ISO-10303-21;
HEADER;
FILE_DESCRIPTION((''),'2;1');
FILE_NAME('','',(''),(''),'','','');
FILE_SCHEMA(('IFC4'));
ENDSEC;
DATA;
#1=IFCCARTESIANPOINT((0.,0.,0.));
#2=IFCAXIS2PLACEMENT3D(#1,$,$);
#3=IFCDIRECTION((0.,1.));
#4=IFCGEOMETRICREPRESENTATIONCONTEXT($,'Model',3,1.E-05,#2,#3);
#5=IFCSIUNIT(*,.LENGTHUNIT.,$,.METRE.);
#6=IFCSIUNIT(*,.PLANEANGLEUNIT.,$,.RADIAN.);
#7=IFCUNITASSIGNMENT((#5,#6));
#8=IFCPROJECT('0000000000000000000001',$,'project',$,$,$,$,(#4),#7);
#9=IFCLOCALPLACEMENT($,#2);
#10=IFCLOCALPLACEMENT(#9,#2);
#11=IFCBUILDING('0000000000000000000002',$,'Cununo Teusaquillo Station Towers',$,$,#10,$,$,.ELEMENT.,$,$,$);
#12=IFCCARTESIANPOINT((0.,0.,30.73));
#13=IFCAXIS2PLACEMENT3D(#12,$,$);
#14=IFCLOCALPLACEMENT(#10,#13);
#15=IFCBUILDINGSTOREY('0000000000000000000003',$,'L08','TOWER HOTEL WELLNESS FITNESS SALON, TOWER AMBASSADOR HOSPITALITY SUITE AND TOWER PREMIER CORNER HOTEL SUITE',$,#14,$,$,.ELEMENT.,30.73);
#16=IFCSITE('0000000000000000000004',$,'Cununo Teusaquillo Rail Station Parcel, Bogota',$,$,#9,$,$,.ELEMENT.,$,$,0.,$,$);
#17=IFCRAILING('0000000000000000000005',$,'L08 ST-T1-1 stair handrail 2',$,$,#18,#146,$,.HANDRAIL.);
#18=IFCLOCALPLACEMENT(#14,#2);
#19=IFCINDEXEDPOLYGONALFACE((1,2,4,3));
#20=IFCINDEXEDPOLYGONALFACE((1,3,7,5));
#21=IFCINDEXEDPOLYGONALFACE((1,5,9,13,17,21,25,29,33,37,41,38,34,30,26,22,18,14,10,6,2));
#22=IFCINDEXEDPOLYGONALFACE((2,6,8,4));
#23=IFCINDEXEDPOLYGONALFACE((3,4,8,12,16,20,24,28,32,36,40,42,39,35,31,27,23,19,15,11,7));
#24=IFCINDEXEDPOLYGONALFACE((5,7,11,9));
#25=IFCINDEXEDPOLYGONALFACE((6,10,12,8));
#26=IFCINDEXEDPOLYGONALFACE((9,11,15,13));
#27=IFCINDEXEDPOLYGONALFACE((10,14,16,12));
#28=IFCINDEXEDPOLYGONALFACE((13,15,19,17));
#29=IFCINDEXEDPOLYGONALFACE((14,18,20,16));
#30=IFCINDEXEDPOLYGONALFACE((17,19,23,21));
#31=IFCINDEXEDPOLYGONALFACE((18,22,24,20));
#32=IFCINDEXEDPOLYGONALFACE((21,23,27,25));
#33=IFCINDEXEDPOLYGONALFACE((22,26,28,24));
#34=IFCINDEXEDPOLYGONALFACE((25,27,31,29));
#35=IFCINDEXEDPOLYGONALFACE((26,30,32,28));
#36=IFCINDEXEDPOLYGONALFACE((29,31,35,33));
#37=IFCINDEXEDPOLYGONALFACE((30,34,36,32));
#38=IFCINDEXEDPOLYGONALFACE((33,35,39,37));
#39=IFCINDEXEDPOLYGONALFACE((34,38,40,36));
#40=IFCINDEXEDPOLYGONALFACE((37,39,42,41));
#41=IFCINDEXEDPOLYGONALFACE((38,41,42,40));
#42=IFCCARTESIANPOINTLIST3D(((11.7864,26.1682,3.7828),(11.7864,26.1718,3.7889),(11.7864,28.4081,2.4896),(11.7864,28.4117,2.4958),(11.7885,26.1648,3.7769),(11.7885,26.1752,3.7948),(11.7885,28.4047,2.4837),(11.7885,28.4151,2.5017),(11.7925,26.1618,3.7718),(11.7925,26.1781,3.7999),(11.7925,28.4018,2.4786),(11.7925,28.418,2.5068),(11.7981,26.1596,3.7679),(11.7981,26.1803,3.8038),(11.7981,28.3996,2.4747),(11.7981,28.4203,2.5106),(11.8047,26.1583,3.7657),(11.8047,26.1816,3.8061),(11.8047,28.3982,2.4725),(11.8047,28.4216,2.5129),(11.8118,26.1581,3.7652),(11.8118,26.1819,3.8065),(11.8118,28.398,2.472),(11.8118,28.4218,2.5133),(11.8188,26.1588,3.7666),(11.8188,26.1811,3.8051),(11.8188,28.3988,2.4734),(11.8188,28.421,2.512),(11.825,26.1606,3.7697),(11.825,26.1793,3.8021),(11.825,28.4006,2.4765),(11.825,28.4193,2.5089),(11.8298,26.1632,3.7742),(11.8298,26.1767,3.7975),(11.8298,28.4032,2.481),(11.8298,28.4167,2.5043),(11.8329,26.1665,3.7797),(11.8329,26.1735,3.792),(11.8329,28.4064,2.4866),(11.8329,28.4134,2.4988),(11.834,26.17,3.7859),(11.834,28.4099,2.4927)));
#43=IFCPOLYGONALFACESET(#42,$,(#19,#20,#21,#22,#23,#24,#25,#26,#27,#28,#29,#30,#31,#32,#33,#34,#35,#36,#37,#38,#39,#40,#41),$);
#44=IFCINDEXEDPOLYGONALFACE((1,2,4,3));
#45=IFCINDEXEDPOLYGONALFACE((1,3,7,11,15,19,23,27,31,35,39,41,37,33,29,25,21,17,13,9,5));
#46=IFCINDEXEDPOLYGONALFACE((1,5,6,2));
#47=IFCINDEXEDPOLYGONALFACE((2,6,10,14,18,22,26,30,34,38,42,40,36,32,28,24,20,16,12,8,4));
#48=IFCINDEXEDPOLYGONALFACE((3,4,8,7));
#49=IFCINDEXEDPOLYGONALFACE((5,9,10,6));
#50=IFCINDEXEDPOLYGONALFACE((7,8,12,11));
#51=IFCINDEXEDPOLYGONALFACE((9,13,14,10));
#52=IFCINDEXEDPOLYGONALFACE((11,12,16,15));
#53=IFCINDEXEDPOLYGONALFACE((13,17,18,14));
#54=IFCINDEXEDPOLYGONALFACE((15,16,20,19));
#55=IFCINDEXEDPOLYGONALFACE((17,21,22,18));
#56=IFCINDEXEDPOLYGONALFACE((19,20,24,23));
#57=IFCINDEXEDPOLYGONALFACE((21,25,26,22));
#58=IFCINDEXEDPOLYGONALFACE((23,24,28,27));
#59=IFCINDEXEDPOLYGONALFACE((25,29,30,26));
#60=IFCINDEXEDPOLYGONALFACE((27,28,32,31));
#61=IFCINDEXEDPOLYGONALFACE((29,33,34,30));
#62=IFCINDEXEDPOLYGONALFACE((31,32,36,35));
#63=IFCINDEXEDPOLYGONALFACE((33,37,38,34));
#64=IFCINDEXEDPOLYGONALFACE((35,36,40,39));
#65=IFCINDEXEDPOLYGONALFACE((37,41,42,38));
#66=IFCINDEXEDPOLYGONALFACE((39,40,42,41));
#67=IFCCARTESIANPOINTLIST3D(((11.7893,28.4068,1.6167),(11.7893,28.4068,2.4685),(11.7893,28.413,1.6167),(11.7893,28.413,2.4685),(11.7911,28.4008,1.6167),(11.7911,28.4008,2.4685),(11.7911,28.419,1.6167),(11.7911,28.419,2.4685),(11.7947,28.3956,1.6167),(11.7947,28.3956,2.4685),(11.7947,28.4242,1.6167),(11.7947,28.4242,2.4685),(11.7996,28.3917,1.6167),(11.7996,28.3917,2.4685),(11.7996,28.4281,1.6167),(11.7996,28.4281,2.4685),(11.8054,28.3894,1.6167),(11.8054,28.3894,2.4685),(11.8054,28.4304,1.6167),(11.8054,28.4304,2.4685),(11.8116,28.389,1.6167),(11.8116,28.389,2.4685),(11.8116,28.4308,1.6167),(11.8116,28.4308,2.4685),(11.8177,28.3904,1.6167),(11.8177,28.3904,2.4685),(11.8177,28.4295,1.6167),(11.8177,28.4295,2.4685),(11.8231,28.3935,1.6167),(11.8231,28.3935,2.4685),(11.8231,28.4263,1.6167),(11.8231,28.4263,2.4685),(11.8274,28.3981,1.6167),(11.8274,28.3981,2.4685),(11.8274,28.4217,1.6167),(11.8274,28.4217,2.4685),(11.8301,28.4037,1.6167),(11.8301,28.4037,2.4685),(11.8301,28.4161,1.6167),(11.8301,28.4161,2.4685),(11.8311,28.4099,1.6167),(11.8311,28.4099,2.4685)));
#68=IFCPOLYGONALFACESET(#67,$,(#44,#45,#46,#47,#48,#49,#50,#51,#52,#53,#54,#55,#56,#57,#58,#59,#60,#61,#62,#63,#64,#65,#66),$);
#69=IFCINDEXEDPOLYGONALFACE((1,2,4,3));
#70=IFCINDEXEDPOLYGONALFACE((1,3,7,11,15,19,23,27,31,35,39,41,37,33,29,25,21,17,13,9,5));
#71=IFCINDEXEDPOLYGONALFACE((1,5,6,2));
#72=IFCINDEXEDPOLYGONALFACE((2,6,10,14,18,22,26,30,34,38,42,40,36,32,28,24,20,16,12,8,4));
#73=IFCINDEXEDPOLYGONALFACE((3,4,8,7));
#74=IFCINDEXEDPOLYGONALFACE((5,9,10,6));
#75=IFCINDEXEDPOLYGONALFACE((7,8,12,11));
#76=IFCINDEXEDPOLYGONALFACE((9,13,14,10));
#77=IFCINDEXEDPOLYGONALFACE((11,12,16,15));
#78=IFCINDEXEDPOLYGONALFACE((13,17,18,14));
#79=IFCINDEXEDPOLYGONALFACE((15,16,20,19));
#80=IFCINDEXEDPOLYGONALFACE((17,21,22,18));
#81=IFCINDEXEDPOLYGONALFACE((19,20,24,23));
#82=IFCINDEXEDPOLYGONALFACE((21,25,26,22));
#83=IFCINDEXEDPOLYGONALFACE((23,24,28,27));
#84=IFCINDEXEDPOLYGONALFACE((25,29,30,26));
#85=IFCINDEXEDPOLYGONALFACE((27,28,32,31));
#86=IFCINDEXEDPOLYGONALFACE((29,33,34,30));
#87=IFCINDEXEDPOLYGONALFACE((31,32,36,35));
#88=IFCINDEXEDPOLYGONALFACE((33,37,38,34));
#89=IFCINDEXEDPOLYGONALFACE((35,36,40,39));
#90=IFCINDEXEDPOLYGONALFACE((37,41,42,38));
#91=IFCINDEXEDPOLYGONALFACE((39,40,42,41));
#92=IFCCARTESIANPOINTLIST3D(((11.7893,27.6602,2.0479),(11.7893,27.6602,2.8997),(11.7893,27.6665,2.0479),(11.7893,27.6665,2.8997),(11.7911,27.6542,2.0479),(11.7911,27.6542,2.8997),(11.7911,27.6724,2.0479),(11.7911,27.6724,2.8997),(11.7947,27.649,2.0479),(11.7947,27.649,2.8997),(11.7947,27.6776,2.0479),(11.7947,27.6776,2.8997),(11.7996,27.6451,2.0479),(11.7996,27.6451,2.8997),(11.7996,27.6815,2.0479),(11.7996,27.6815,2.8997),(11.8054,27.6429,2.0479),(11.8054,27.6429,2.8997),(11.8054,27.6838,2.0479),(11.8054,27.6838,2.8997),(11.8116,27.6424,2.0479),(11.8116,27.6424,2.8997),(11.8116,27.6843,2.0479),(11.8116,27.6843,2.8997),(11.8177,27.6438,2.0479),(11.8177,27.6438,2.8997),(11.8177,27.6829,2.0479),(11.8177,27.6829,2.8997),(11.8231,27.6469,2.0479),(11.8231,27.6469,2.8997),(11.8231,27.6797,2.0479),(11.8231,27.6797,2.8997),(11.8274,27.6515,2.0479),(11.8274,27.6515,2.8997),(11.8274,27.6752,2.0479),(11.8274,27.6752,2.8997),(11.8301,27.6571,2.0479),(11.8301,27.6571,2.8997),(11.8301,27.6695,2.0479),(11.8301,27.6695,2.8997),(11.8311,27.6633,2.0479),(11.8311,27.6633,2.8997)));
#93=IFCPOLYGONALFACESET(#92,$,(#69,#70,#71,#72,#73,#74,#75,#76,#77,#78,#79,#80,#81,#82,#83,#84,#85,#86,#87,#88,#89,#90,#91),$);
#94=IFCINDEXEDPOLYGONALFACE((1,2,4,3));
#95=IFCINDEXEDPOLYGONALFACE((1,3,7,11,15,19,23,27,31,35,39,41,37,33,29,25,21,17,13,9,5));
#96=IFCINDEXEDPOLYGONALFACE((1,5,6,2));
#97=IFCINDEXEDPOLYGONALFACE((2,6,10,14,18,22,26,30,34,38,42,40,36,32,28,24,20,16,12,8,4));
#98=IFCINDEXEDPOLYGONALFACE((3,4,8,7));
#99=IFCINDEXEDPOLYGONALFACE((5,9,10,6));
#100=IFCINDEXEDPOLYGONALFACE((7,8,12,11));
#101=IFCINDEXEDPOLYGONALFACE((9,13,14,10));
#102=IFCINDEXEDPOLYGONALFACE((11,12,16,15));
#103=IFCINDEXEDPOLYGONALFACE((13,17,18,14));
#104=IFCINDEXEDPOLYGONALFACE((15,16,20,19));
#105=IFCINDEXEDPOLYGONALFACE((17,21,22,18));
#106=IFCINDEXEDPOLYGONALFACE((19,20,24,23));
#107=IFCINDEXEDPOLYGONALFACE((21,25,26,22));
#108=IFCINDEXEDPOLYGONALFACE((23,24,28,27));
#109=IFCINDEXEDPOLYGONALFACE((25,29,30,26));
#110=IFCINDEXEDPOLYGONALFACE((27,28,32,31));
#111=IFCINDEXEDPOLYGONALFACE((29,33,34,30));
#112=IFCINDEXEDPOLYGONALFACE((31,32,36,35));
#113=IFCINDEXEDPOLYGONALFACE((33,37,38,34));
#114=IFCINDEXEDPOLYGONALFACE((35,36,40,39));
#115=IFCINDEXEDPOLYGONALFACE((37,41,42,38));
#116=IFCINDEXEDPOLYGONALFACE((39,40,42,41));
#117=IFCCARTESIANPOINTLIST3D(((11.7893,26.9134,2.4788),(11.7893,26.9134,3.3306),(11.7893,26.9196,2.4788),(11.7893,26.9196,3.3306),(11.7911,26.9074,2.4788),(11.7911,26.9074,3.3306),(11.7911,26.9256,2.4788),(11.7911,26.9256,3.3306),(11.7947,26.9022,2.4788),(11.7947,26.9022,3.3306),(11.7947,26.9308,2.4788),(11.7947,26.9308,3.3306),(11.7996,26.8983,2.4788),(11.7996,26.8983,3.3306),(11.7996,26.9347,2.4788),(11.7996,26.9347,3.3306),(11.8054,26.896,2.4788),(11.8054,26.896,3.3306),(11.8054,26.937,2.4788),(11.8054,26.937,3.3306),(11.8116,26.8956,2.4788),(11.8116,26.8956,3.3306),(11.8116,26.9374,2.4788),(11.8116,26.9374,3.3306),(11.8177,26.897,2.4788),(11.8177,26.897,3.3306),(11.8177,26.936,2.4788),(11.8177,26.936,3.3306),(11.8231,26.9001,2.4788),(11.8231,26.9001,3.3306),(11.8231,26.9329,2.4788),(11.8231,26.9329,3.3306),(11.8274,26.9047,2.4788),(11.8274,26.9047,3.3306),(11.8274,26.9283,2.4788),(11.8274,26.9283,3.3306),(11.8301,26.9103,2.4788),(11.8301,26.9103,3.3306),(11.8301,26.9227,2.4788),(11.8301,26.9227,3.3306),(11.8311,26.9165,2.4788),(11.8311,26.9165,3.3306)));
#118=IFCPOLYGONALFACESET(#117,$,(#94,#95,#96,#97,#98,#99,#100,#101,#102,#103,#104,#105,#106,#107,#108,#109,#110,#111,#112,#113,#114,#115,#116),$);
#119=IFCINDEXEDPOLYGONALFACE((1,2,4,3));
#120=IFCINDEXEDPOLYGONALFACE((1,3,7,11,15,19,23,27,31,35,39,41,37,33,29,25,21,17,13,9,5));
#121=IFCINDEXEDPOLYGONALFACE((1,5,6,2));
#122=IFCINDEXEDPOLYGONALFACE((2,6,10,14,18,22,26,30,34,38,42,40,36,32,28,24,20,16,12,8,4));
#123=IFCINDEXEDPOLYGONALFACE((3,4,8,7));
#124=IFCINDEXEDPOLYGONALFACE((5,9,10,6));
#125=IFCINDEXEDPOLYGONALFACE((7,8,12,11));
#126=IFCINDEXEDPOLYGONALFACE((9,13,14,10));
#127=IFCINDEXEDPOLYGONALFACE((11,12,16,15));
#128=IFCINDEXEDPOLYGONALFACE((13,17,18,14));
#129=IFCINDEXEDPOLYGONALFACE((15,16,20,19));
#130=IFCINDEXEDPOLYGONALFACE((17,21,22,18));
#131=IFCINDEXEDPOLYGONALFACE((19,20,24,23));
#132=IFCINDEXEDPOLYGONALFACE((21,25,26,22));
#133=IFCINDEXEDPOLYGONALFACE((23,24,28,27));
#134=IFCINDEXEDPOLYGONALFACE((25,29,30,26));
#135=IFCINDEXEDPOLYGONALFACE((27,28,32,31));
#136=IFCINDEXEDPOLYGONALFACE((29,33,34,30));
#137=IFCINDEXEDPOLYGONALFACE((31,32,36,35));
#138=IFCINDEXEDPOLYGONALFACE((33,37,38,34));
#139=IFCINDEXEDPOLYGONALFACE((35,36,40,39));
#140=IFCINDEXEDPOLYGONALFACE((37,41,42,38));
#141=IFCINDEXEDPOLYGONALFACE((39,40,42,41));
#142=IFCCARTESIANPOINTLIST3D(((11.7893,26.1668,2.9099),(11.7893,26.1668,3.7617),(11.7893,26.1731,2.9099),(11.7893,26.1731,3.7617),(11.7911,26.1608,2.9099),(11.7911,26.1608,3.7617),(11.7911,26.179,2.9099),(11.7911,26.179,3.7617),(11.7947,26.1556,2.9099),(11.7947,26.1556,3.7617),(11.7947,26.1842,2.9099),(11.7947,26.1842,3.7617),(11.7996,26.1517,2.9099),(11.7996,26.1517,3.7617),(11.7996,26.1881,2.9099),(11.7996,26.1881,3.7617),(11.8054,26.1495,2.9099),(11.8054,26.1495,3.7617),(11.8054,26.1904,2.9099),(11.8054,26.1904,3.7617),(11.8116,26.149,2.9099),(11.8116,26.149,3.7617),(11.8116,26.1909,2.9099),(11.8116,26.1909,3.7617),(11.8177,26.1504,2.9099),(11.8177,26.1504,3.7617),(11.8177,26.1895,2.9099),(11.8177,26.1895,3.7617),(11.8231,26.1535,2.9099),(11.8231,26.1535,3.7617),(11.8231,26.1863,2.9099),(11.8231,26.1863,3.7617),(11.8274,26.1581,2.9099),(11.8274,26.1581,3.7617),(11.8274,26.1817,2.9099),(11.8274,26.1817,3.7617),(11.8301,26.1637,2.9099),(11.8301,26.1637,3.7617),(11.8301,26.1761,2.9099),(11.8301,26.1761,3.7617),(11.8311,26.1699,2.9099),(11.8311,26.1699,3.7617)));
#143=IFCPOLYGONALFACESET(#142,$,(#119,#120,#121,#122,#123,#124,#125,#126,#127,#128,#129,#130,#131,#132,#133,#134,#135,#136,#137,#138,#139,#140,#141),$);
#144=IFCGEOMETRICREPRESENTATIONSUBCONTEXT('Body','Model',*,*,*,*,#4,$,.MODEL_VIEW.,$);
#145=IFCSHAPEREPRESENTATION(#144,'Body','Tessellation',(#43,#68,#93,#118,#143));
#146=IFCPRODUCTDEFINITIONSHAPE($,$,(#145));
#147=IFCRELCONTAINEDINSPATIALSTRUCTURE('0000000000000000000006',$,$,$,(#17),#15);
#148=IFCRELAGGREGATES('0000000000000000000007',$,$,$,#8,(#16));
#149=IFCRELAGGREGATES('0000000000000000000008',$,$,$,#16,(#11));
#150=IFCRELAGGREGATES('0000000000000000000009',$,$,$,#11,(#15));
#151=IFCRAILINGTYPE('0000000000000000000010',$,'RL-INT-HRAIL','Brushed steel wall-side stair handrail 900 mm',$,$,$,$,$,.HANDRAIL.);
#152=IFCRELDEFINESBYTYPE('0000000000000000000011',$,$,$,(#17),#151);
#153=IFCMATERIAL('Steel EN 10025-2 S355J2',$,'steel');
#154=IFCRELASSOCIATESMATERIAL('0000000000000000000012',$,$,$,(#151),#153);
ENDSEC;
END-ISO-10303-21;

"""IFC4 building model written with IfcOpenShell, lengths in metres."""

from ifc_helpers import new_model, si_unit, direction, frame, origin, origin_2d, place, context, subcontext, project, spatial, circle, extrude, material, type_object, element, save


model = new_model("IFC4")

# Units and contexts
model_context = context("Model", 3, precision=1e-05, world=origin(), true_north=direction((0.0, 1.0)))
body_context = subcontext(model_context, "Body", "Model", "MODEL_VIEW")
ifc_project = project(units=[si_unit("LENGTHUNIT", "METRE"), si_unit("PLANEANGLEUNIT", "RADIAN")], contexts=[model_context])

# Site, building, storey
site_placement = place(None, origin())
site = spatial("IfcSite", under=ifc_project, at=site_placement, Name="Cununo Teusaquillo Rail Station Parcel, Bogota", CompositionType="ELEMENT", RefElevation=0.0)
building_placement = place(site_placement, origin())
building = spatial("IfcBuilding", under=site, at=building_placement, Name="Cununo Teusaquillo Station Towers", CompositionType="ELEMENT")
storey_placement = place(building_placement, frame((0.0, 0.0, 30.73)))
storey = spatial("IfcBuildingStorey", under=building, at=storey_placement, Name="L08", Description="TOWER HOTEL WELLNESS FITNESS SALON, TOWER AMBASSADOR HOSPITALITY SUITE AND TOWER PREMIER CORNER HOTEL SUITE", CompositionType="ELEMENT", Elevation=30.73)

# Railing
ifc_material_1 = material(Name="Steel EN 10025-2 S355J2", Category="steel")
railing_type_1 = type_object("IfcRailingType", Name="RL-INT-HRAIL", Description="Brushed steel wall-side stair handrail 900 mm", PredefinedType="HANDRAIL", material=ifc_material_1)
railing_1_placement = place(storey_placement, frame((11.8101, 28.4099, 1.6167)))
element("IfcRailing", 1, at=railing_1_placement, inside=storey, type_object=railing_type_1, Name="L08 ST-T1-1 stair handrail 2", PredefinedType="HANDRAIL", context=body_context, shape_type="SweptSolid", body=[
    extrude(circle(Radius=0.0239, at=origin_2d()), frame((0.0, 0.0, 0.876), z_axis=(0.0, -0.866033, 0.499987), x_axis=(1.0, 0.0, 0.0)), (0.0, 0.0, 1.0), 2.5864),
    extrude(circle(Radius=0.021, at=origin_2d()), origin(), (0.0, 0.0, 1.0), 0.8518),
    extrude(circle(Radius=0.021, at=origin_2d()), frame((0.0, -0.7466, 0.4312)), (0.0, 0.0, 1.0), 0.8518),
    extrude(circle(Radius=0.021, at=origin_2d()), frame((0.0, -1.4934, 0.8621)), (0.0, 0.0, 1.0), 0.8518),
    extrude(circle(Radius=0.021, at=origin_2d()), frame((0.0, -2.24, 1.2932)), (0.0, 0.0, 1.0), 0.8518),
])

save(model, "model.ifc")
